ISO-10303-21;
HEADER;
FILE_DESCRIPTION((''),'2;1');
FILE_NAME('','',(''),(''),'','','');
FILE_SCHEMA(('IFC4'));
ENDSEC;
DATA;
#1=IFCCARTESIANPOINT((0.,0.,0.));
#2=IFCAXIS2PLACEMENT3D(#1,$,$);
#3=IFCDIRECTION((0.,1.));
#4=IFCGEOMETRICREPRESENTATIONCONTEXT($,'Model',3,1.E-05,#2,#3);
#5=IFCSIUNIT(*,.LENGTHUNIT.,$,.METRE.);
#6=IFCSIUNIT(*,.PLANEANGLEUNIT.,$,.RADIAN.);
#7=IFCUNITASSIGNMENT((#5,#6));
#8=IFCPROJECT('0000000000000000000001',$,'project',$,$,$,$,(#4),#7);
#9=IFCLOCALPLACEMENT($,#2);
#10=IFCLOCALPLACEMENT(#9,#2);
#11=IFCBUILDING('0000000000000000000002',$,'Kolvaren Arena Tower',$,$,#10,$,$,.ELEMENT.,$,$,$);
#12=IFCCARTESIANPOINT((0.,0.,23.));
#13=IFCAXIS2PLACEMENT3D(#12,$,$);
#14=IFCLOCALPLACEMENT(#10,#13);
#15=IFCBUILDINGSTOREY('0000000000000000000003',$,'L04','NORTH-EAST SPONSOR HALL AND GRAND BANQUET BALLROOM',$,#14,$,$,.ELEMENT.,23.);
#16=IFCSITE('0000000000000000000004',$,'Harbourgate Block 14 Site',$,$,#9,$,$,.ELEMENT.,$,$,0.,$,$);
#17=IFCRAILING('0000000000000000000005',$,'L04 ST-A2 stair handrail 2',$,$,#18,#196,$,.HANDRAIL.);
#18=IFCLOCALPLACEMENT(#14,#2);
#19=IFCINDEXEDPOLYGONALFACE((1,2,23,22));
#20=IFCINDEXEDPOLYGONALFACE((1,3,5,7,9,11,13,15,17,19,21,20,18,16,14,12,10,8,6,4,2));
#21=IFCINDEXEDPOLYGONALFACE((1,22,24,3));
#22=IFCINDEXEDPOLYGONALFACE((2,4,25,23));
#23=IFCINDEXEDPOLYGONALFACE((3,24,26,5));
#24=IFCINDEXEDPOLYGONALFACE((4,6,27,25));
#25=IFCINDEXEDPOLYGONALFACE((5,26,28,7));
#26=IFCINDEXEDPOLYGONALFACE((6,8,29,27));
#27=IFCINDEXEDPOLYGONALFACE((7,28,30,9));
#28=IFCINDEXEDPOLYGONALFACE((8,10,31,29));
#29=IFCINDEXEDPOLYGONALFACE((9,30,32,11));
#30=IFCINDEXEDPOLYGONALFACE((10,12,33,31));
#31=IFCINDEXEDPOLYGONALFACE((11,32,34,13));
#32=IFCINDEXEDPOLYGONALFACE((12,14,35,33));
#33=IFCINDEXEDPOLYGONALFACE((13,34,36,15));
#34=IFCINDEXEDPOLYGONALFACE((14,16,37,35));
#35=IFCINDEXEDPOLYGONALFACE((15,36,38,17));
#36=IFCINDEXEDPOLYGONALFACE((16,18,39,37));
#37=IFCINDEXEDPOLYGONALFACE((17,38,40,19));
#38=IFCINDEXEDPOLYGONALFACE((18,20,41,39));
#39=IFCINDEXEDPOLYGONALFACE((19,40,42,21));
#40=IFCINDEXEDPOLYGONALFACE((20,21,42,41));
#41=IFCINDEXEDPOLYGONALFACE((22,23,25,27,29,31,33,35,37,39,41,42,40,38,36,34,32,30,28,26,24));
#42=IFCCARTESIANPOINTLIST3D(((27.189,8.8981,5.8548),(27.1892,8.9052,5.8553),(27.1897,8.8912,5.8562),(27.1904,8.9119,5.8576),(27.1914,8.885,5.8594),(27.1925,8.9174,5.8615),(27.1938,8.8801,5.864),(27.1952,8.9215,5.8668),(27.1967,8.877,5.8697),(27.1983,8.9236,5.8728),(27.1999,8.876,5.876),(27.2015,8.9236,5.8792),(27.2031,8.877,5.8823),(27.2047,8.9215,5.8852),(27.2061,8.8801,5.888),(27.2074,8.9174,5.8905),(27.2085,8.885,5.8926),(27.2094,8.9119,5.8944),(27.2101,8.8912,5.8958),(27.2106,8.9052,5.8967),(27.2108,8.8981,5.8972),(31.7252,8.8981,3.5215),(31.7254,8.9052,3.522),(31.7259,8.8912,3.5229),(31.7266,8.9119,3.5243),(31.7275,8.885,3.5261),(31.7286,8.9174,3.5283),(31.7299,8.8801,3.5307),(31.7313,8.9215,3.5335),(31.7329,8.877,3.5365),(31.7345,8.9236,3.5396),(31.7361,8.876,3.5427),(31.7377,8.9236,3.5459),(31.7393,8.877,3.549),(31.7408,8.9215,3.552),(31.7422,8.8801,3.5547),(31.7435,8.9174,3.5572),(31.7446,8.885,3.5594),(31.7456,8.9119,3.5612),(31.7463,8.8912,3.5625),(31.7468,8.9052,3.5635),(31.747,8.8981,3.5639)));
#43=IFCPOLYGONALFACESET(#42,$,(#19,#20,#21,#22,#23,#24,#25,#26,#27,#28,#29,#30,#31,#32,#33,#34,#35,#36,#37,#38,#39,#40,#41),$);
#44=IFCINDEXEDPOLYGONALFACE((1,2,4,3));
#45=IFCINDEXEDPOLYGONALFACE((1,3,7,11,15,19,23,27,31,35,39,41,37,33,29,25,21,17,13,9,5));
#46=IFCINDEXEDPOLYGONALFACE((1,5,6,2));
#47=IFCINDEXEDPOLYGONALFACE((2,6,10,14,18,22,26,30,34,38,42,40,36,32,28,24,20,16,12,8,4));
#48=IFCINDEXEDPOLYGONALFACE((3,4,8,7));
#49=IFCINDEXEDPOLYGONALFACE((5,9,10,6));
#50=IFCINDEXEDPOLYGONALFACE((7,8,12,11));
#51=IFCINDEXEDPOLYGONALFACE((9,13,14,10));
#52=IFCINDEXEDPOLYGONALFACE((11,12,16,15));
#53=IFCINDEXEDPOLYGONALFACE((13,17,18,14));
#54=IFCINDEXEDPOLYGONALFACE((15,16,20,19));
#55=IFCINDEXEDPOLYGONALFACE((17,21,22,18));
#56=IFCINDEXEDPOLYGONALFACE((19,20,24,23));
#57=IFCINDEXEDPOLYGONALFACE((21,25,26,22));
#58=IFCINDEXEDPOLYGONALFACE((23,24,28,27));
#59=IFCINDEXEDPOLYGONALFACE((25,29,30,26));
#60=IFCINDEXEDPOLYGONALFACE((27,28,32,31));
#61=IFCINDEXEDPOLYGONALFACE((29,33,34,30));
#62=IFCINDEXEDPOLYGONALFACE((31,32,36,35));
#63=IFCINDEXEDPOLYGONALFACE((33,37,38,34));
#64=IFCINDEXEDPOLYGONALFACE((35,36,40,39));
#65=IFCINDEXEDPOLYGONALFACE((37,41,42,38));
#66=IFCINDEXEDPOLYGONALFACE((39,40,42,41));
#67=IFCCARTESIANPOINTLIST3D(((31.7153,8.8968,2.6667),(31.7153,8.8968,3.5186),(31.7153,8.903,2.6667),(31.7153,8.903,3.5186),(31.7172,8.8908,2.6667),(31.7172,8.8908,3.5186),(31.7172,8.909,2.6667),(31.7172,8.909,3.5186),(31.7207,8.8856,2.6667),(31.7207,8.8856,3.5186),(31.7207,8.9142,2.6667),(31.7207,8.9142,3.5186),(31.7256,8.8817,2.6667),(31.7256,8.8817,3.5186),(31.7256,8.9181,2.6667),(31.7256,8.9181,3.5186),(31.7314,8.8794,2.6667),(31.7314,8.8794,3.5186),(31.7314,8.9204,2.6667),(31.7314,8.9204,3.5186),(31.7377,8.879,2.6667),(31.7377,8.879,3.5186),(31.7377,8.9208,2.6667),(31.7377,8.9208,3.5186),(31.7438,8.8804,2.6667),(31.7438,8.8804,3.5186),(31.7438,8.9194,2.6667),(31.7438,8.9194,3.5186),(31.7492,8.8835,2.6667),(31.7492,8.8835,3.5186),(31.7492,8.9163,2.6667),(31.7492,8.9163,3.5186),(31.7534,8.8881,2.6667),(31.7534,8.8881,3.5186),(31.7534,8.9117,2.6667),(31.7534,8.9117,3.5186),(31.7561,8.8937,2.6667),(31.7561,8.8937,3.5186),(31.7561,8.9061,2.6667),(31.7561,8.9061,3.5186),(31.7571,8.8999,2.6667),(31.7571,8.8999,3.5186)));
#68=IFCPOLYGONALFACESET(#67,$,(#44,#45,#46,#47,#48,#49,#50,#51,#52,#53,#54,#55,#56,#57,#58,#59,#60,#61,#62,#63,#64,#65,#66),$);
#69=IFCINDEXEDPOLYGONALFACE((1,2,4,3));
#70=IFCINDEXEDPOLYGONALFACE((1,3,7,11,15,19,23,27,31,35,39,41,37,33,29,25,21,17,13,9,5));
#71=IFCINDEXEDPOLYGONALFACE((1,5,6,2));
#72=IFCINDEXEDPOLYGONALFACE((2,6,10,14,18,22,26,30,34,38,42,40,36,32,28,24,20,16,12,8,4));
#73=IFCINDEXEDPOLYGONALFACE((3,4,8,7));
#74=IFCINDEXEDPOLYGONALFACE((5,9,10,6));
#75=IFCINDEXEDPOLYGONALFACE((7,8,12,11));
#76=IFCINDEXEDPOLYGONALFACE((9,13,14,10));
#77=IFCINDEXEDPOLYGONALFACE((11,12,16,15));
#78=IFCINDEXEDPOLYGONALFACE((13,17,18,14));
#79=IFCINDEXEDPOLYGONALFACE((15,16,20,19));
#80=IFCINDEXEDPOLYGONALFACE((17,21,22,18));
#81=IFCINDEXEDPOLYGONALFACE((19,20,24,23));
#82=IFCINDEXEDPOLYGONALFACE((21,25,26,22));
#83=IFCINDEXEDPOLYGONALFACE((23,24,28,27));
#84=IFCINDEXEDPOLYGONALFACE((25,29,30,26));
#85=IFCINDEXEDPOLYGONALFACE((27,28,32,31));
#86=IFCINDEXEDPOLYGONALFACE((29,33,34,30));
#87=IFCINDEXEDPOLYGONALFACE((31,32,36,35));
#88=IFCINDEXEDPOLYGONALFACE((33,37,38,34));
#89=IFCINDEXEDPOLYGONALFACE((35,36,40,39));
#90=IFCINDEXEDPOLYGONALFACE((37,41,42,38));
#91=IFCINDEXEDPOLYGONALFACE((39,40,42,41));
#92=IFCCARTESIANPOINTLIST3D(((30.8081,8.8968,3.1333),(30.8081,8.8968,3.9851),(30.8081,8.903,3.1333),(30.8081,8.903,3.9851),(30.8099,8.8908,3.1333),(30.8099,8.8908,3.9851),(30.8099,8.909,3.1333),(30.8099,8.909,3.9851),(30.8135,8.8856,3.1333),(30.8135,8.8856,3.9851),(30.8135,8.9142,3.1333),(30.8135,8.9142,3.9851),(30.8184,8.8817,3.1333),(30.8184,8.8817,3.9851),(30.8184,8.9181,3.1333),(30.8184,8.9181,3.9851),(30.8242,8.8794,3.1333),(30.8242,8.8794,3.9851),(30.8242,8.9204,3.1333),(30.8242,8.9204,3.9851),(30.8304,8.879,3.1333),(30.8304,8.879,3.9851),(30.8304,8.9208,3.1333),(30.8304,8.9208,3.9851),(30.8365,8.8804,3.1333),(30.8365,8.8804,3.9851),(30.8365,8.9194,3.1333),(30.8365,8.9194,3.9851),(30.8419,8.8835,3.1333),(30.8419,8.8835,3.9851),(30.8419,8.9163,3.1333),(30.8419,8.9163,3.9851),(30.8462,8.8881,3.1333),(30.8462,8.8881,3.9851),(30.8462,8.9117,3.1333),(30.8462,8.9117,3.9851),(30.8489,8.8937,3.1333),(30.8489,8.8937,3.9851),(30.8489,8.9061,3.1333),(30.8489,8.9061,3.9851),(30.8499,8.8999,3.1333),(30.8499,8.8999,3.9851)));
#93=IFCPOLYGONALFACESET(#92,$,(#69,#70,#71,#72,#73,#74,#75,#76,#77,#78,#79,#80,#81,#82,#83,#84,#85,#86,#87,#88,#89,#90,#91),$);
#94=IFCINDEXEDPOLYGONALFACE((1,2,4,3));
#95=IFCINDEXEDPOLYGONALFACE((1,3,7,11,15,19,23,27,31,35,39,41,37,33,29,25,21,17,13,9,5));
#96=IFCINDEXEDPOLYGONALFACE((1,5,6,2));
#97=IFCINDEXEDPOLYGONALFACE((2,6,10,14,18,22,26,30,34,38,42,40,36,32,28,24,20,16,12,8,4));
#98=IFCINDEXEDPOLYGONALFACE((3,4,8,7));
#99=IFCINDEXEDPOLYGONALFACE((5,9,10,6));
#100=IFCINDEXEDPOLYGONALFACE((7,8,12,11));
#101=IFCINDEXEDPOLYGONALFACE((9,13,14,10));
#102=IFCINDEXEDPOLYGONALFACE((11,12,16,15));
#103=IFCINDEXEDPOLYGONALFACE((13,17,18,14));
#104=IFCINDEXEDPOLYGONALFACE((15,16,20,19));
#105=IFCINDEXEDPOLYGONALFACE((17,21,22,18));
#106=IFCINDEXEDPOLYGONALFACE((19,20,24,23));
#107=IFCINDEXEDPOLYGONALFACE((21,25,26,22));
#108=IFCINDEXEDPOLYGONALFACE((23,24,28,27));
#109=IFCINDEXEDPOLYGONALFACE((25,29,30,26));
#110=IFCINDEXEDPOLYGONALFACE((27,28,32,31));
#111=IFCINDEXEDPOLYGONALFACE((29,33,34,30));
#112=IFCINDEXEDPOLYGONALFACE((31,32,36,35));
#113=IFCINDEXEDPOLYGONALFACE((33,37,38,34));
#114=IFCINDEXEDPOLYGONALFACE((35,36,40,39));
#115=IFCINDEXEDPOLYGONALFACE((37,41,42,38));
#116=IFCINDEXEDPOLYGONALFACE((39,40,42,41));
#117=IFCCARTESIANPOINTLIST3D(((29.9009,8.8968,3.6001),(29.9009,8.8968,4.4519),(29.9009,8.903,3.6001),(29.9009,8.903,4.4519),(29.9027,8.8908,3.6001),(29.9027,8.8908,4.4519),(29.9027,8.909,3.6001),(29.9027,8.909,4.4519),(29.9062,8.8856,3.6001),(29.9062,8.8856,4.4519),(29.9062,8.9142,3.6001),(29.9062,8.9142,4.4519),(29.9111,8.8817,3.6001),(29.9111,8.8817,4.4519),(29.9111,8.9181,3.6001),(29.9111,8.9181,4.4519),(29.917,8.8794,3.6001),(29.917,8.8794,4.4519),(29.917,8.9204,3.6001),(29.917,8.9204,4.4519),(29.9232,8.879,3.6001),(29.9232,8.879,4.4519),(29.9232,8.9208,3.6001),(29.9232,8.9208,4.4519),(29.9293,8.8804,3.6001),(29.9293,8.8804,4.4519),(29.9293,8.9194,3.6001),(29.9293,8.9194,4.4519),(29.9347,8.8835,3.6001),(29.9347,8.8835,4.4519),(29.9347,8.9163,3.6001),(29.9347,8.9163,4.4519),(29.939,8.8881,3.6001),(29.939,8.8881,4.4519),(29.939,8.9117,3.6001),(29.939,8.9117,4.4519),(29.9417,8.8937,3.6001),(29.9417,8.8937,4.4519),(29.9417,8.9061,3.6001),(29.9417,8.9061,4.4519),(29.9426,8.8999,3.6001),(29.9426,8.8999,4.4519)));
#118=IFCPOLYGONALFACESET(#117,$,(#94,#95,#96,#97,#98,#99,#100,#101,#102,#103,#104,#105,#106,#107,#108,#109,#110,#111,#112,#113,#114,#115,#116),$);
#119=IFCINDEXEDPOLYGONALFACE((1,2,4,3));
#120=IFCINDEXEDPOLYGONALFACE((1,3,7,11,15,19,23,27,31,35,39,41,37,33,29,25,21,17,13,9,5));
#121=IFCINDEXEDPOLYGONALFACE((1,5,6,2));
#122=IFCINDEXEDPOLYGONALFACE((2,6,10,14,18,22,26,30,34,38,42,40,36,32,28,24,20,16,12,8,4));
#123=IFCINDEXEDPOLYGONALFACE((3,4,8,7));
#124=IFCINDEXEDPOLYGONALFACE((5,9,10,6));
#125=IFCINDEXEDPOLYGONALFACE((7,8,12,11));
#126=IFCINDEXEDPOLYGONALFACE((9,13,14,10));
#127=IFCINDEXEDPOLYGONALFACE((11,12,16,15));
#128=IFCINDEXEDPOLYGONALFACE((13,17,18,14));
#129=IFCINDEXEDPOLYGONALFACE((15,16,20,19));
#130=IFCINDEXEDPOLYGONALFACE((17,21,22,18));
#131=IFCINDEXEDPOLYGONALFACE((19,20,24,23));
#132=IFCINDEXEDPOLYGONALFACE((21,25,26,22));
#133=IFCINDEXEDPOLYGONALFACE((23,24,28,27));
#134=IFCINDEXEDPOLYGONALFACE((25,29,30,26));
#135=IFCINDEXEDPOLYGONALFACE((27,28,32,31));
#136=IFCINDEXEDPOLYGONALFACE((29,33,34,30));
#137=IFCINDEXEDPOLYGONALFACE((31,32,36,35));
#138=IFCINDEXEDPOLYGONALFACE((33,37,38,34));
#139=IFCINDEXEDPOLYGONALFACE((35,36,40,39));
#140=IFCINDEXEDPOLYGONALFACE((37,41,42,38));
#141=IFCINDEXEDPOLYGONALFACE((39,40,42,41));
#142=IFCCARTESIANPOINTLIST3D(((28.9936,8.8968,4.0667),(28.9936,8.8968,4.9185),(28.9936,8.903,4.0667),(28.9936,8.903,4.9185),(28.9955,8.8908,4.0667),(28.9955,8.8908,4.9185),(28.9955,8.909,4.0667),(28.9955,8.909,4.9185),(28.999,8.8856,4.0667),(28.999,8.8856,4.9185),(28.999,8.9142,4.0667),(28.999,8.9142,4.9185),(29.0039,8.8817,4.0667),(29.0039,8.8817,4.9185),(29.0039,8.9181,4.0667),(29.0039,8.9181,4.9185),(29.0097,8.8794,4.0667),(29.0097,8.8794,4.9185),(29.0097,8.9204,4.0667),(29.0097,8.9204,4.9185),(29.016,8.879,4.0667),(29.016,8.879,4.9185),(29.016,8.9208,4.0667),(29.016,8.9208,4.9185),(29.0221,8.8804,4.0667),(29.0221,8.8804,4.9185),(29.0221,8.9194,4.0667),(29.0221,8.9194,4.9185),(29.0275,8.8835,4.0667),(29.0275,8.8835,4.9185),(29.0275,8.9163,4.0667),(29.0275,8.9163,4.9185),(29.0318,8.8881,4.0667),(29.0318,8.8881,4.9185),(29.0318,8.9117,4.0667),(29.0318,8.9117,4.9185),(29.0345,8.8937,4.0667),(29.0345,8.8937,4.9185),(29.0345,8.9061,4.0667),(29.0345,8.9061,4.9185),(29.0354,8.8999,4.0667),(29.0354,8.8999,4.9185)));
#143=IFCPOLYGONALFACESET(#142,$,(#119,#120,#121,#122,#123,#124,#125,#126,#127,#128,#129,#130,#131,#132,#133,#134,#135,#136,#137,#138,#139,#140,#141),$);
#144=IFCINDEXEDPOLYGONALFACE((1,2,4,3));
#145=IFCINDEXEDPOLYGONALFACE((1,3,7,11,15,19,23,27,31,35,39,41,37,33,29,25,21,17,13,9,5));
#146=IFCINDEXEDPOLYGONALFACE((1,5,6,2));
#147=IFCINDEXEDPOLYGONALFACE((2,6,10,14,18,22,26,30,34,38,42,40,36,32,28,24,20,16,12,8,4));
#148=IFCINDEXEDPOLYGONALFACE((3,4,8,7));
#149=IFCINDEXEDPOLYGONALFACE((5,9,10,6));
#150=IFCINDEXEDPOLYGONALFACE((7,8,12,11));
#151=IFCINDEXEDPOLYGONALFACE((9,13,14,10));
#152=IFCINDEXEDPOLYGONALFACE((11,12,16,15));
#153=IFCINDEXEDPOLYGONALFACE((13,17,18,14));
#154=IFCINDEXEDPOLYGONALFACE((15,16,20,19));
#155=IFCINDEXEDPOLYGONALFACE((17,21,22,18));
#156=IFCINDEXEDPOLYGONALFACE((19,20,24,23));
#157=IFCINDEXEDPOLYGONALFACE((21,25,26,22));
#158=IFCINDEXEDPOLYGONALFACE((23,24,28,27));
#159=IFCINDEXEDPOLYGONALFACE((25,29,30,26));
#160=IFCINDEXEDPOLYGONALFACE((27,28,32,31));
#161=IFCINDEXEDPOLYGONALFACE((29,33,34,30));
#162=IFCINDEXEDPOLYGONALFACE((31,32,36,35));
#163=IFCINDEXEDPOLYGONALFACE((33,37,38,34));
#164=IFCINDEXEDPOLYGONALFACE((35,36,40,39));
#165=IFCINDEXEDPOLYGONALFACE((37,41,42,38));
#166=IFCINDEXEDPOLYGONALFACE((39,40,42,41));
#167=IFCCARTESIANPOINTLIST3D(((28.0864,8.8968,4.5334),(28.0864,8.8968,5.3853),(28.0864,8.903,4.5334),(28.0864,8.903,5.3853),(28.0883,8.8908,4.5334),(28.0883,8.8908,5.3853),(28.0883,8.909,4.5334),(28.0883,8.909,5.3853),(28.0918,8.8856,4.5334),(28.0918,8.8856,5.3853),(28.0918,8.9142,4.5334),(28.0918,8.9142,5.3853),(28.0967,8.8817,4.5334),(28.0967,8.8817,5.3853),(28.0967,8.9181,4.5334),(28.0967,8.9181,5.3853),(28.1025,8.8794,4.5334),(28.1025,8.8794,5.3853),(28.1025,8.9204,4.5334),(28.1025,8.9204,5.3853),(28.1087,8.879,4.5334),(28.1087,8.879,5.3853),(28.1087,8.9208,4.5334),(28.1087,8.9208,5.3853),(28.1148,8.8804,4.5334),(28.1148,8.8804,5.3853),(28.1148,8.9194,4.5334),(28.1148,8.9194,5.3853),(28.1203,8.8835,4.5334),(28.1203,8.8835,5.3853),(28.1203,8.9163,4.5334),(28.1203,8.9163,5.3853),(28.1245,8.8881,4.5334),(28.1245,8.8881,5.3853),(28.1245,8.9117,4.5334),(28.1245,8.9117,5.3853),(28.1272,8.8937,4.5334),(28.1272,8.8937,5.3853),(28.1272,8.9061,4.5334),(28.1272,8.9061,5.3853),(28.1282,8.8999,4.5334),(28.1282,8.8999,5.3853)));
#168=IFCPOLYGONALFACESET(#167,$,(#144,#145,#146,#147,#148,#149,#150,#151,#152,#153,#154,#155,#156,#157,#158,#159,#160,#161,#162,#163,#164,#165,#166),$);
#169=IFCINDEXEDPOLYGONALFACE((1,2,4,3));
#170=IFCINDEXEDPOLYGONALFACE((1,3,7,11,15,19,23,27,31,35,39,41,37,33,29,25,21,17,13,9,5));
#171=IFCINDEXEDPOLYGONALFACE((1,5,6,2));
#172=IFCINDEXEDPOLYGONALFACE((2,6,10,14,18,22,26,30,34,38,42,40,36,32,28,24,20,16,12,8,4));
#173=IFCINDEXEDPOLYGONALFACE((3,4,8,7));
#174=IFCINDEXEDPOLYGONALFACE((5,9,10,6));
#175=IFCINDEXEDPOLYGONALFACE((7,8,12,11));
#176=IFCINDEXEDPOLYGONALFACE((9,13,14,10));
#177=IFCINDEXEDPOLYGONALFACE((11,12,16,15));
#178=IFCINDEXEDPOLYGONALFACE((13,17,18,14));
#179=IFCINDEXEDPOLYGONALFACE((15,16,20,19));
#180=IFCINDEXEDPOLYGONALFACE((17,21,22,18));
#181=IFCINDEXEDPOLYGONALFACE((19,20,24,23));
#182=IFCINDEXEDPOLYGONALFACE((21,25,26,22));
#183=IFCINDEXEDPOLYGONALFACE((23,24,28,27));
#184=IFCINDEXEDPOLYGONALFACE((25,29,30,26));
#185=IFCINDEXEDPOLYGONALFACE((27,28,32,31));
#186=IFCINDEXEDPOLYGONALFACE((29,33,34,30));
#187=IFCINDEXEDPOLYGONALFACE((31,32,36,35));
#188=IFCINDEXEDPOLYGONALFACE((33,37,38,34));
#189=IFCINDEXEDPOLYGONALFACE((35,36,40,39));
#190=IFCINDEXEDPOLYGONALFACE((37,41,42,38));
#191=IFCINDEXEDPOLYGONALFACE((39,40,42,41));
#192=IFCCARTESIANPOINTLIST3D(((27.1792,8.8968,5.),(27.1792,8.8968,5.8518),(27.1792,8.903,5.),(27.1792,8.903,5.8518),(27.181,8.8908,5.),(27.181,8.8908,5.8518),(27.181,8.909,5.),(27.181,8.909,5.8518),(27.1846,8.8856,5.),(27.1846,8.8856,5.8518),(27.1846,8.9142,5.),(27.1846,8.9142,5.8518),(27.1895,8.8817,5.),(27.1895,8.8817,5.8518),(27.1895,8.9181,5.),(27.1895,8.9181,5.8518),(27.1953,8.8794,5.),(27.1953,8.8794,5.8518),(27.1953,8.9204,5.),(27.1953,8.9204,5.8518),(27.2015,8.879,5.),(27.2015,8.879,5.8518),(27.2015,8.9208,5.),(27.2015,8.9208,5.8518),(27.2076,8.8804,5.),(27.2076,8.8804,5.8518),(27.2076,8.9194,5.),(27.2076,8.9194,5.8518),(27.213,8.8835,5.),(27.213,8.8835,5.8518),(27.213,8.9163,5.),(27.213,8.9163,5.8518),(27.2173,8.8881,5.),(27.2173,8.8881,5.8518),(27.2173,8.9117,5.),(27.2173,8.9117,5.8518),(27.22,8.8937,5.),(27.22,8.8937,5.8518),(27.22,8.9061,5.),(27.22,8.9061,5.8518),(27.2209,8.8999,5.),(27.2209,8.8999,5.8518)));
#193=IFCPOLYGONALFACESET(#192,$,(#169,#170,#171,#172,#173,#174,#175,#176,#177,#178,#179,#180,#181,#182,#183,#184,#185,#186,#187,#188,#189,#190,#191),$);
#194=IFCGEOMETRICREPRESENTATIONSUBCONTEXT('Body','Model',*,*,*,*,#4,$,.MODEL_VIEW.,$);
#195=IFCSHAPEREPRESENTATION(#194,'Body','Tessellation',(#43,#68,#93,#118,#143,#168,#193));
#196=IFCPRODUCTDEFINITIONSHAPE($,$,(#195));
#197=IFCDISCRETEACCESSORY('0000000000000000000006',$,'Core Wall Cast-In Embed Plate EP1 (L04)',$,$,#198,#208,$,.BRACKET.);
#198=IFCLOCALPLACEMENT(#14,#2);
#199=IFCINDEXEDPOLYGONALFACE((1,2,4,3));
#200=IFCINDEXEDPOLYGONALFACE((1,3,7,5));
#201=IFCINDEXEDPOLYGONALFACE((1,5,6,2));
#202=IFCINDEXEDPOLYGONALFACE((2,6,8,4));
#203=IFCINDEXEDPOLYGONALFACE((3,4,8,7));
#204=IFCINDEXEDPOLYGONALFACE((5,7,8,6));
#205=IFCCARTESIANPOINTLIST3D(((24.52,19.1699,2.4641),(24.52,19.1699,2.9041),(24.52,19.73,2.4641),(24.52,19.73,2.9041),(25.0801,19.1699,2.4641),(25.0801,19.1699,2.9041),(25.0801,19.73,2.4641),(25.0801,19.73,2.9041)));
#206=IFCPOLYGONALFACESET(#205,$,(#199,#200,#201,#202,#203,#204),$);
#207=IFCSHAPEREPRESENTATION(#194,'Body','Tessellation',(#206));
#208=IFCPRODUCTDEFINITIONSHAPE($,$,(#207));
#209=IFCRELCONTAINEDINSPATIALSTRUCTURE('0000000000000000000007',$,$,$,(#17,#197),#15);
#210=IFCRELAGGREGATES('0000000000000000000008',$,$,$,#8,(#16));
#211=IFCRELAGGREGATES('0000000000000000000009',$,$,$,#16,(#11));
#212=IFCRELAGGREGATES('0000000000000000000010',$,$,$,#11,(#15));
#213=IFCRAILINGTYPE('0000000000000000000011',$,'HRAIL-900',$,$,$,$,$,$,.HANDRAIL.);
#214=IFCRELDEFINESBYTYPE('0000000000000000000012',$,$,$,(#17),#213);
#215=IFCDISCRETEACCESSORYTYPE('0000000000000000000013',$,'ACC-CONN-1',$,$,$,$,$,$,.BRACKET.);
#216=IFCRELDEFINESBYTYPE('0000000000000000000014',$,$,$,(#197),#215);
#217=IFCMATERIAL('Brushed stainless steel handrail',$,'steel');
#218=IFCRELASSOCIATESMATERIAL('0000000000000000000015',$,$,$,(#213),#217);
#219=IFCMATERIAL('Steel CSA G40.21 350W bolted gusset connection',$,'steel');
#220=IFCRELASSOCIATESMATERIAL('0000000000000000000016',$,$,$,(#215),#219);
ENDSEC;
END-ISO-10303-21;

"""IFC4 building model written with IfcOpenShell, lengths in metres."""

from ifc_helpers import new_model, si_unit, direction, frame, origin, origin_2d, place, context, subcontext, project, spatial, rectangle, circle, extrude, material, type_object, element, save


model = new_model("IFC4")

# Units and contexts
model_context = context("Model", 3, precision=1e-05, world=origin(), true_north=direction((0.0, 1.0)))
body_context = subcontext(model_context, "Body", "Model", "MODEL_VIEW")
ifc_project = project(units=[si_unit("LENGTHUNIT", "METRE"), si_unit("PLANEANGLEUNIT", "RADIAN")], contexts=[model_context])

# Site, building, storey
site_placement = place(None, origin())
site = spatial("IfcSite", under=ifc_project, at=site_placement, Name="Harbourgate Block 14 Site", CompositionType="ELEMENT", RefElevation=0.0)
building_placement = place(site_placement, origin())
building = spatial("IfcBuilding", under=site, at=building_placement, Name="Kolvaren Arena Tower", CompositionType="ELEMENT")
storey_placement = place(building_placement, frame((0.0, 0.0, 23.0)))
storey = spatial("IfcBuildingStorey", under=building, at=storey_placement, Name="L04", Description="NORTH-EAST SPONSOR HALL AND GRAND BANQUET BALLROOM", CompositionType="ELEMENT", Elevation=23.0)

# Railing
ifc_material_1 = material(Name="Brushed stainless steel handrail", Category="steel")
railing_type_1 = type_object("IfcRailingType", Name="HRAIL-900", PredefinedType="HANDRAIL", material=ifc_material_1)
railing_1_placement = place(storey_placement, frame((31.7361, 8.8999, 2.6667)))
element("IfcRailing", 1, at=railing_1_placement, inside=storey, type_object=railing_type_1, Name="L04 ST-A2 stair handrail 2", PredefinedType="HANDRAIL", context=body_context, shape_type="SweptSolid", body=[
    extrude(circle(Radius=0.0239, at=origin_2d()), frame((0.0, 0.0, 0.876), z_axis=(-0.889257, 0.0, 0.457407), x_axis=(0.0, -1.0, 0.0)), (0.0, 0.0, 1.0), 5.1011),
    extrude(circle(Radius=0.021, at=origin_2d()), origin(), (0.0, 0.0, 1.0), 0.8518),
    extrude(circle(Radius=0.021, at=origin_2d()), frame((-0.9072, 0.0, 0.4666)), (0.0, 0.0, 1.0), 0.8518),
    extrude(circle(Radius=0.021, at=origin_2d()), frame((-1.8145, 0.0, 0.9333)), (0.0, 0.0, 1.0), 0.8518),
    extrude(circle(Radius=0.021, at=origin_2d()), frame((-2.7217, 0.0, 1.3999)), (0.0, 0.0, 1.0), 0.8518),
    extrude(circle(Radius=0.021, at=origin_2d()), frame((-3.6289, 0.0, 1.8667)), (0.0, 0.0, 1.0), 0.8518),
    extrude(circle(Radius=0.021, at=origin_2d()), frame((-4.5361, 0.0, 2.3333)), (0.0, 0.0, 1.0), 0.8518),
])

# Discrete accessory
ifc_material_2 = material(Name="Steel CSA G40.21 350W bolted gusset connection", Category="steel")
discrete_accessory_type = type_object("IfcDiscreteAccessoryType", Name="ACC-CONN-1", PredefinedType="BRACKET", material=ifc_material_2)
discrete_accessory_placement = place(storey_placement, frame((24.8, 19.45, 2.4641), z_axis=(0.0, 0.0, 1.0), x_axis=(1.0, 0.0, 0.0)))
element("IfcDiscreteAccessory", 2, at=discrete_accessory_placement, inside=storey, type_object=discrete_accessory_type, Name="Core Wall Cast-In Embed Plate EP1 (L04)", PredefinedType="BRACKET", context=body_context, shape_type="SweptSolid", body=[
    extrude(rectangle(XDim=0.5601, YDim=0.5601, at=origin_2d()), origin(), (0.0, 0.0, 1.0), 0.4399),
])

save(model, "model.ifc")
